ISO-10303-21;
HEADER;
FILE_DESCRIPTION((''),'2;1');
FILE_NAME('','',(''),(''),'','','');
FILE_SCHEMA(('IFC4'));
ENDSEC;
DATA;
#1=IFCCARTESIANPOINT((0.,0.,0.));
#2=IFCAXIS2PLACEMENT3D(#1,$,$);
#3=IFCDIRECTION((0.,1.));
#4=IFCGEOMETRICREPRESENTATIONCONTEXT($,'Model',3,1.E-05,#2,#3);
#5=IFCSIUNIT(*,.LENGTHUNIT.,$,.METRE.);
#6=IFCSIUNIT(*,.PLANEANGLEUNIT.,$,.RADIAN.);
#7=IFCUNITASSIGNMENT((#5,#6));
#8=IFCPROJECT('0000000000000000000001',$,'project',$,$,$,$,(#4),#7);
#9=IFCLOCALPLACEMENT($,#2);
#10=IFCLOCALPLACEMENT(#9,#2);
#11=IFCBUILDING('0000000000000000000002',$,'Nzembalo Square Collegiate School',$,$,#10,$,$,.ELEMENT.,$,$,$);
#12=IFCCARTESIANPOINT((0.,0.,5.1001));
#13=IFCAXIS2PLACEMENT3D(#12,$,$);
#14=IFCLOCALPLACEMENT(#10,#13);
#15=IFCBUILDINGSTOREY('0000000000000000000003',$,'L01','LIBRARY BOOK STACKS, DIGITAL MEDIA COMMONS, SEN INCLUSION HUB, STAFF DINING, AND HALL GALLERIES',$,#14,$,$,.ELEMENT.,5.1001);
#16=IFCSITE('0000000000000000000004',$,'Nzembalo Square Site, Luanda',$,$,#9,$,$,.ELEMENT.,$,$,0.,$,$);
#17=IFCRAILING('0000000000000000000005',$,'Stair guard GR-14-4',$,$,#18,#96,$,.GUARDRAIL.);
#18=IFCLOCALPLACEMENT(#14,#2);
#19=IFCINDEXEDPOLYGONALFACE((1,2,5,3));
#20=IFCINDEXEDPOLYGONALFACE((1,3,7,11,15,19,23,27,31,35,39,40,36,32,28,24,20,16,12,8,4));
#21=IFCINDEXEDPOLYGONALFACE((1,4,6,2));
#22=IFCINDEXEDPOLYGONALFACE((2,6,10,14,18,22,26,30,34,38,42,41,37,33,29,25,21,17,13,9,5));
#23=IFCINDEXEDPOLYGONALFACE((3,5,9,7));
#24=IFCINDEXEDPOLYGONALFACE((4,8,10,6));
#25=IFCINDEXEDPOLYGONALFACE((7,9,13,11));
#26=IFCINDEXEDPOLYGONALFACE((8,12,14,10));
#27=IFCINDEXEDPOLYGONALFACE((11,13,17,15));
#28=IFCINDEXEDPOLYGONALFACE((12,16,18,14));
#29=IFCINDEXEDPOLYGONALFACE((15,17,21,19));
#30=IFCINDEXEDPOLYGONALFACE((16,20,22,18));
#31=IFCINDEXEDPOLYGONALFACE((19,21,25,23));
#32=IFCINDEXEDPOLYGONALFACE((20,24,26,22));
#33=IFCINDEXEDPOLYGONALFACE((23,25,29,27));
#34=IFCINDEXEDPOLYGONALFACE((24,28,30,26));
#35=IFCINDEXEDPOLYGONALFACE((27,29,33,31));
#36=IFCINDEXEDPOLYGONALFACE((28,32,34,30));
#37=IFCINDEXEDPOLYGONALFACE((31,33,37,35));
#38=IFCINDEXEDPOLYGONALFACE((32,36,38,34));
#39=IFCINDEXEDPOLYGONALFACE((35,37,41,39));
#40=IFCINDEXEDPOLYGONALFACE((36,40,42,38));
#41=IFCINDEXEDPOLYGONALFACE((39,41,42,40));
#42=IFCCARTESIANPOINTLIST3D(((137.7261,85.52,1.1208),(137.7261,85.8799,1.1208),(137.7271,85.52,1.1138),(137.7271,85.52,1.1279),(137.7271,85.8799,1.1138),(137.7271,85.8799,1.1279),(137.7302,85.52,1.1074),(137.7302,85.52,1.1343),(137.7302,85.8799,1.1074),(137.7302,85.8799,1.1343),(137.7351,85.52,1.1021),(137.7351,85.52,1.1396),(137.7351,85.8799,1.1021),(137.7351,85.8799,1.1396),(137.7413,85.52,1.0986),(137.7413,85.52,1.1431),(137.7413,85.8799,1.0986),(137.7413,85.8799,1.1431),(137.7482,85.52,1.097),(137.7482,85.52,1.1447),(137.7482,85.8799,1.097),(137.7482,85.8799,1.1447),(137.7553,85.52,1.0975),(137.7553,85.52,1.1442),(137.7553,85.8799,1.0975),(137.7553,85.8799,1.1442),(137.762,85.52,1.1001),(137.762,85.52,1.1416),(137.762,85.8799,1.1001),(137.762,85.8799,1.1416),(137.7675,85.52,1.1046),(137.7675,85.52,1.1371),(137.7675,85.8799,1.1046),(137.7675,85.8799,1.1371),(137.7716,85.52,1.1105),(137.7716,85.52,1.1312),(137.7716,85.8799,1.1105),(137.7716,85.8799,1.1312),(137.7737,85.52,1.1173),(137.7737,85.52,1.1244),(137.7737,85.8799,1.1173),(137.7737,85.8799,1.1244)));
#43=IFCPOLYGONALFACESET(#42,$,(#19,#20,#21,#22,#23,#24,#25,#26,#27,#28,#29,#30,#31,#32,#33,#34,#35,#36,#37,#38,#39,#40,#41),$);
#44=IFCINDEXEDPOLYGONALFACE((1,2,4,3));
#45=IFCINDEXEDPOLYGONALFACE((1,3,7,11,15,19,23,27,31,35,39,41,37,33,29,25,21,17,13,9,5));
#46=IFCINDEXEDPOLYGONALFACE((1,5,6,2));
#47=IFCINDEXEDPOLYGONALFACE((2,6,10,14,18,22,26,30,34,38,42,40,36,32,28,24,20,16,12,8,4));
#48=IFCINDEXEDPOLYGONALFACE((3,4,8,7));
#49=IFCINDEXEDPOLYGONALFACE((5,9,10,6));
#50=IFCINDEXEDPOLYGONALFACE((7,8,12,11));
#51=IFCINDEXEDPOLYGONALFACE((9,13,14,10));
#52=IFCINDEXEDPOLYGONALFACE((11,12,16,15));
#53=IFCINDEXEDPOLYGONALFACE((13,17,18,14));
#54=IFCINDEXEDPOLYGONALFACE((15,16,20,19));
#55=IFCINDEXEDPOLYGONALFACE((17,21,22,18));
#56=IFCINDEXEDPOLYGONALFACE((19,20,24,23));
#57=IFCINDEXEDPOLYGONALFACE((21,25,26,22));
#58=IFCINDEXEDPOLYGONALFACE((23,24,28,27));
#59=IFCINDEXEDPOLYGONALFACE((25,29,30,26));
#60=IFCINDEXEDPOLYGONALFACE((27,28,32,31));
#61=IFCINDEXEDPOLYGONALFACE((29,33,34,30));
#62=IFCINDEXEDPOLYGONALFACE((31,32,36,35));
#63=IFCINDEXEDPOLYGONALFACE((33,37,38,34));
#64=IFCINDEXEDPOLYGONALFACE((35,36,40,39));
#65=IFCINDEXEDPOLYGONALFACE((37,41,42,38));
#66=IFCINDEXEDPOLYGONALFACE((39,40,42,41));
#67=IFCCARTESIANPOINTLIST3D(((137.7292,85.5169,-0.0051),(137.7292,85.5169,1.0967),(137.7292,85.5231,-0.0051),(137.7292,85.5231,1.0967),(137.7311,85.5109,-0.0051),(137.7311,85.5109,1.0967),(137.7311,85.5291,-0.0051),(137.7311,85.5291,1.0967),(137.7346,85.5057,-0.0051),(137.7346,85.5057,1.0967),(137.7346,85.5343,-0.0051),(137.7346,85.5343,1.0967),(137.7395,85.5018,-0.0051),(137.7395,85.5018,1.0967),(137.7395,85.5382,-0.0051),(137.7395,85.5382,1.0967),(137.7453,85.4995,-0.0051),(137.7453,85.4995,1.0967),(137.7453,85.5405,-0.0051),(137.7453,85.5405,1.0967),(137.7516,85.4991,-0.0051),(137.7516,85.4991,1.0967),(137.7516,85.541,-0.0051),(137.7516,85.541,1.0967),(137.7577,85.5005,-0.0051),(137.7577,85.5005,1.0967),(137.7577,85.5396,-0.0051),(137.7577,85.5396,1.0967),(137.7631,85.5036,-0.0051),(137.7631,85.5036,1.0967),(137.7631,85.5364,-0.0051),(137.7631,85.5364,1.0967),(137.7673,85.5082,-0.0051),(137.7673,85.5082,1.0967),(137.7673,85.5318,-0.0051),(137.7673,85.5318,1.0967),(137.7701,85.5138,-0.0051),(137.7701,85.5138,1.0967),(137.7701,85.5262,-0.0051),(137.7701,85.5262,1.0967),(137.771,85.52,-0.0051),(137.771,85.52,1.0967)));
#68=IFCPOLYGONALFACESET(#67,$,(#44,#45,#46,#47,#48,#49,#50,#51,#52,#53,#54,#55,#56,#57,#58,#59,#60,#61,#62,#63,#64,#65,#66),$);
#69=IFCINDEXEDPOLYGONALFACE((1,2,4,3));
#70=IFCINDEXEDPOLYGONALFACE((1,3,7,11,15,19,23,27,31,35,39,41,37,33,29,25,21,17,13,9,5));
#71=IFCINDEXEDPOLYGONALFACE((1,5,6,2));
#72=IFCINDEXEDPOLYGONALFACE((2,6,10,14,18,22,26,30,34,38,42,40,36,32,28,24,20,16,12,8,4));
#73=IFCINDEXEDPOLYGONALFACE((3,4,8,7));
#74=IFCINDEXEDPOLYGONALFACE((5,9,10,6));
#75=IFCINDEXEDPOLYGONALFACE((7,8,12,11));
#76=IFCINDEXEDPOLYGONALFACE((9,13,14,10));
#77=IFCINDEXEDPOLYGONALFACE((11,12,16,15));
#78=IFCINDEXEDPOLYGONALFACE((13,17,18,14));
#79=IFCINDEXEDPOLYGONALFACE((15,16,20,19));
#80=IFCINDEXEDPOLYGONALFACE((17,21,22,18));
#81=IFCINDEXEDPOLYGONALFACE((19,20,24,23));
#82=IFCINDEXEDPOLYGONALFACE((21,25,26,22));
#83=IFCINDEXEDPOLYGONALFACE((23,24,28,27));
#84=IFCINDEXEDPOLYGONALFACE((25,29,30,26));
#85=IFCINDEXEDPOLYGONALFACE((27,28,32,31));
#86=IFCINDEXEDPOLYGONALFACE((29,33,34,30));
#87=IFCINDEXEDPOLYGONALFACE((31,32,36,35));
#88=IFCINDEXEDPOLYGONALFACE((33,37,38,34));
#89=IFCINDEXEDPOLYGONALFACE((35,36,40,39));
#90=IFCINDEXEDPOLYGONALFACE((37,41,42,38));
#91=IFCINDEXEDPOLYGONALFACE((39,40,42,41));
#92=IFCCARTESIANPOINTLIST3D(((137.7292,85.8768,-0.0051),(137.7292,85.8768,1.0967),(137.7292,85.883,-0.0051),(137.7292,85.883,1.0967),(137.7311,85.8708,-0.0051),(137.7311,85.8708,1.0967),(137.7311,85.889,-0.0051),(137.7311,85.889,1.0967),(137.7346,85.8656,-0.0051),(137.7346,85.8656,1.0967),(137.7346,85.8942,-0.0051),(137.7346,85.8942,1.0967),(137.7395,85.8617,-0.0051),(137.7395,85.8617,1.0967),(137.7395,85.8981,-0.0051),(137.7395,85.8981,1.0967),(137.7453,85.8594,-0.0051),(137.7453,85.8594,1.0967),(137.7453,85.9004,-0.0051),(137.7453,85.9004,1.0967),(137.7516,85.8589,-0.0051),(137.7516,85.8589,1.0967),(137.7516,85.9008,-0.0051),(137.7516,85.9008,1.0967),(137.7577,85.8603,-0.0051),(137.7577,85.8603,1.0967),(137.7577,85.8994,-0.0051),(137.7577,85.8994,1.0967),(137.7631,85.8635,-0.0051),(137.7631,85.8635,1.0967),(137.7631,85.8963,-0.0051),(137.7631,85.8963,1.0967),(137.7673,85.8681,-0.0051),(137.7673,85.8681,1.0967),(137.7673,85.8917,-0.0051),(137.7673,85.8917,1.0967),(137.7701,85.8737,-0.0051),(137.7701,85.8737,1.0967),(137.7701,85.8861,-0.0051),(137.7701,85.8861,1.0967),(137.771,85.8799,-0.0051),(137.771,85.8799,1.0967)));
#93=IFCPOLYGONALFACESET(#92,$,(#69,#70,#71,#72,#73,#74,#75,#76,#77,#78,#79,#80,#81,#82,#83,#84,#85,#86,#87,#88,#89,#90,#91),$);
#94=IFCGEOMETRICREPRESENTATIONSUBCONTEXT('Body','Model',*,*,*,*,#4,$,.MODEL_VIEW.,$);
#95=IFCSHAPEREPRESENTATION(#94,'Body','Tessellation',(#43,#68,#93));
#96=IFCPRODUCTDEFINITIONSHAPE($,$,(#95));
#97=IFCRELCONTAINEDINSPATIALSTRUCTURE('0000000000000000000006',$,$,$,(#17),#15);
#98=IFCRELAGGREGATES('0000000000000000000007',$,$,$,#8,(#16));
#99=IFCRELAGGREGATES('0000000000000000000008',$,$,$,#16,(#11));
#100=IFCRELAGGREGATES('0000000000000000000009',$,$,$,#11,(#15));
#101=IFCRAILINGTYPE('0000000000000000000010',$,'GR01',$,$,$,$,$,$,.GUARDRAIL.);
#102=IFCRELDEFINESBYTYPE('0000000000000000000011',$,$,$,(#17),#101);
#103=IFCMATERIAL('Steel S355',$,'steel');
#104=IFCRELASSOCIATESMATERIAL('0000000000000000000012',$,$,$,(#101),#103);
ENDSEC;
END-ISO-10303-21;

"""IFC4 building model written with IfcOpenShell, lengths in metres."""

from ifc_helpers import new_model, si_unit, direction, frame, origin, origin_2d, place, context, subcontext, project, spatial, circle, extrude, material, type_object, element, save


model = new_model("IFC4")

# Units and contexts
model_context = context("Model", 3, precision=1e-05, world=origin(), true_north=direction((0.0, 1.0)))
body_context = subcontext(model_context, "Body", "Model", "MODEL_VIEW")
ifc_project = project(units=[si_unit("LENGTHUNIT", "METRE"), si_unit("PLANEANGLEUNIT", "RADIAN")], contexts=[model_context])

# Site, building, storey
site_placement = place(None, origin())
site = spatial("IfcSite", under=ifc_project, at=site_placement, Name="Nzembalo Square Site, Luanda", CompositionType="ELEMENT", RefElevation=0.0)
building_placement = place(site_placement, origin())
building = spatial("IfcBuilding", under=site, at=building_placement, Name="Nzembalo Square Collegiate School", CompositionType="ELEMENT")
storey_placement = place(building_placement, frame((0.0, 0.0, 5.1001)))
storey = spatial("IfcBuildingStorey", under=building, at=storey_placement, Name="L01", Description="LIBRARY BOOK STACKS, DIGITAL MEDIA COMMONS, SEN INCLUSION HUB, STAFF DINING, AND HALL GALLERIES", CompositionType="ELEMENT", Elevation=5.1001)

# Railing
ifc_material_1 = material(Name="Steel S355", Category="steel")
railing_type_1 = type_object("IfcRailingType", Name="GR01", PredefinedType="GUARDRAIL", material=ifc_material_1)
railing_1_placement = place(storey_placement, frame((137.75, 85.52, -0.0051)))
element("IfcRailing", 1, at=railing_1_placement, inside=storey, type_object=railing_type_1, Name="Stair guard GR-14-4", PredefinedType="GUARDRAIL", context=body_context, shape_type="SweptSolid", body=[
    extrude(circle(Radius=0.0239, at=origin_2d()), frame((0.0, 0.0, 1.126), z_axis=(0.0, 1.0, 0.0), x_axis=(-1.0, 0.0, 0.0)), (0.0, 0.0, 1.0), 0.3599),
    extrude(circle(Radius=0.021, at=origin_2d()), origin(), (0.0, 0.0, 1.0), 1.1018),
    extrude(circle(Radius=0.021, at=origin_2d()), frame((0.0, 0.3599, 0.0)), (0.0, 0.0, 1.0), 1.1018),
])

save(model, "model.ifc")
